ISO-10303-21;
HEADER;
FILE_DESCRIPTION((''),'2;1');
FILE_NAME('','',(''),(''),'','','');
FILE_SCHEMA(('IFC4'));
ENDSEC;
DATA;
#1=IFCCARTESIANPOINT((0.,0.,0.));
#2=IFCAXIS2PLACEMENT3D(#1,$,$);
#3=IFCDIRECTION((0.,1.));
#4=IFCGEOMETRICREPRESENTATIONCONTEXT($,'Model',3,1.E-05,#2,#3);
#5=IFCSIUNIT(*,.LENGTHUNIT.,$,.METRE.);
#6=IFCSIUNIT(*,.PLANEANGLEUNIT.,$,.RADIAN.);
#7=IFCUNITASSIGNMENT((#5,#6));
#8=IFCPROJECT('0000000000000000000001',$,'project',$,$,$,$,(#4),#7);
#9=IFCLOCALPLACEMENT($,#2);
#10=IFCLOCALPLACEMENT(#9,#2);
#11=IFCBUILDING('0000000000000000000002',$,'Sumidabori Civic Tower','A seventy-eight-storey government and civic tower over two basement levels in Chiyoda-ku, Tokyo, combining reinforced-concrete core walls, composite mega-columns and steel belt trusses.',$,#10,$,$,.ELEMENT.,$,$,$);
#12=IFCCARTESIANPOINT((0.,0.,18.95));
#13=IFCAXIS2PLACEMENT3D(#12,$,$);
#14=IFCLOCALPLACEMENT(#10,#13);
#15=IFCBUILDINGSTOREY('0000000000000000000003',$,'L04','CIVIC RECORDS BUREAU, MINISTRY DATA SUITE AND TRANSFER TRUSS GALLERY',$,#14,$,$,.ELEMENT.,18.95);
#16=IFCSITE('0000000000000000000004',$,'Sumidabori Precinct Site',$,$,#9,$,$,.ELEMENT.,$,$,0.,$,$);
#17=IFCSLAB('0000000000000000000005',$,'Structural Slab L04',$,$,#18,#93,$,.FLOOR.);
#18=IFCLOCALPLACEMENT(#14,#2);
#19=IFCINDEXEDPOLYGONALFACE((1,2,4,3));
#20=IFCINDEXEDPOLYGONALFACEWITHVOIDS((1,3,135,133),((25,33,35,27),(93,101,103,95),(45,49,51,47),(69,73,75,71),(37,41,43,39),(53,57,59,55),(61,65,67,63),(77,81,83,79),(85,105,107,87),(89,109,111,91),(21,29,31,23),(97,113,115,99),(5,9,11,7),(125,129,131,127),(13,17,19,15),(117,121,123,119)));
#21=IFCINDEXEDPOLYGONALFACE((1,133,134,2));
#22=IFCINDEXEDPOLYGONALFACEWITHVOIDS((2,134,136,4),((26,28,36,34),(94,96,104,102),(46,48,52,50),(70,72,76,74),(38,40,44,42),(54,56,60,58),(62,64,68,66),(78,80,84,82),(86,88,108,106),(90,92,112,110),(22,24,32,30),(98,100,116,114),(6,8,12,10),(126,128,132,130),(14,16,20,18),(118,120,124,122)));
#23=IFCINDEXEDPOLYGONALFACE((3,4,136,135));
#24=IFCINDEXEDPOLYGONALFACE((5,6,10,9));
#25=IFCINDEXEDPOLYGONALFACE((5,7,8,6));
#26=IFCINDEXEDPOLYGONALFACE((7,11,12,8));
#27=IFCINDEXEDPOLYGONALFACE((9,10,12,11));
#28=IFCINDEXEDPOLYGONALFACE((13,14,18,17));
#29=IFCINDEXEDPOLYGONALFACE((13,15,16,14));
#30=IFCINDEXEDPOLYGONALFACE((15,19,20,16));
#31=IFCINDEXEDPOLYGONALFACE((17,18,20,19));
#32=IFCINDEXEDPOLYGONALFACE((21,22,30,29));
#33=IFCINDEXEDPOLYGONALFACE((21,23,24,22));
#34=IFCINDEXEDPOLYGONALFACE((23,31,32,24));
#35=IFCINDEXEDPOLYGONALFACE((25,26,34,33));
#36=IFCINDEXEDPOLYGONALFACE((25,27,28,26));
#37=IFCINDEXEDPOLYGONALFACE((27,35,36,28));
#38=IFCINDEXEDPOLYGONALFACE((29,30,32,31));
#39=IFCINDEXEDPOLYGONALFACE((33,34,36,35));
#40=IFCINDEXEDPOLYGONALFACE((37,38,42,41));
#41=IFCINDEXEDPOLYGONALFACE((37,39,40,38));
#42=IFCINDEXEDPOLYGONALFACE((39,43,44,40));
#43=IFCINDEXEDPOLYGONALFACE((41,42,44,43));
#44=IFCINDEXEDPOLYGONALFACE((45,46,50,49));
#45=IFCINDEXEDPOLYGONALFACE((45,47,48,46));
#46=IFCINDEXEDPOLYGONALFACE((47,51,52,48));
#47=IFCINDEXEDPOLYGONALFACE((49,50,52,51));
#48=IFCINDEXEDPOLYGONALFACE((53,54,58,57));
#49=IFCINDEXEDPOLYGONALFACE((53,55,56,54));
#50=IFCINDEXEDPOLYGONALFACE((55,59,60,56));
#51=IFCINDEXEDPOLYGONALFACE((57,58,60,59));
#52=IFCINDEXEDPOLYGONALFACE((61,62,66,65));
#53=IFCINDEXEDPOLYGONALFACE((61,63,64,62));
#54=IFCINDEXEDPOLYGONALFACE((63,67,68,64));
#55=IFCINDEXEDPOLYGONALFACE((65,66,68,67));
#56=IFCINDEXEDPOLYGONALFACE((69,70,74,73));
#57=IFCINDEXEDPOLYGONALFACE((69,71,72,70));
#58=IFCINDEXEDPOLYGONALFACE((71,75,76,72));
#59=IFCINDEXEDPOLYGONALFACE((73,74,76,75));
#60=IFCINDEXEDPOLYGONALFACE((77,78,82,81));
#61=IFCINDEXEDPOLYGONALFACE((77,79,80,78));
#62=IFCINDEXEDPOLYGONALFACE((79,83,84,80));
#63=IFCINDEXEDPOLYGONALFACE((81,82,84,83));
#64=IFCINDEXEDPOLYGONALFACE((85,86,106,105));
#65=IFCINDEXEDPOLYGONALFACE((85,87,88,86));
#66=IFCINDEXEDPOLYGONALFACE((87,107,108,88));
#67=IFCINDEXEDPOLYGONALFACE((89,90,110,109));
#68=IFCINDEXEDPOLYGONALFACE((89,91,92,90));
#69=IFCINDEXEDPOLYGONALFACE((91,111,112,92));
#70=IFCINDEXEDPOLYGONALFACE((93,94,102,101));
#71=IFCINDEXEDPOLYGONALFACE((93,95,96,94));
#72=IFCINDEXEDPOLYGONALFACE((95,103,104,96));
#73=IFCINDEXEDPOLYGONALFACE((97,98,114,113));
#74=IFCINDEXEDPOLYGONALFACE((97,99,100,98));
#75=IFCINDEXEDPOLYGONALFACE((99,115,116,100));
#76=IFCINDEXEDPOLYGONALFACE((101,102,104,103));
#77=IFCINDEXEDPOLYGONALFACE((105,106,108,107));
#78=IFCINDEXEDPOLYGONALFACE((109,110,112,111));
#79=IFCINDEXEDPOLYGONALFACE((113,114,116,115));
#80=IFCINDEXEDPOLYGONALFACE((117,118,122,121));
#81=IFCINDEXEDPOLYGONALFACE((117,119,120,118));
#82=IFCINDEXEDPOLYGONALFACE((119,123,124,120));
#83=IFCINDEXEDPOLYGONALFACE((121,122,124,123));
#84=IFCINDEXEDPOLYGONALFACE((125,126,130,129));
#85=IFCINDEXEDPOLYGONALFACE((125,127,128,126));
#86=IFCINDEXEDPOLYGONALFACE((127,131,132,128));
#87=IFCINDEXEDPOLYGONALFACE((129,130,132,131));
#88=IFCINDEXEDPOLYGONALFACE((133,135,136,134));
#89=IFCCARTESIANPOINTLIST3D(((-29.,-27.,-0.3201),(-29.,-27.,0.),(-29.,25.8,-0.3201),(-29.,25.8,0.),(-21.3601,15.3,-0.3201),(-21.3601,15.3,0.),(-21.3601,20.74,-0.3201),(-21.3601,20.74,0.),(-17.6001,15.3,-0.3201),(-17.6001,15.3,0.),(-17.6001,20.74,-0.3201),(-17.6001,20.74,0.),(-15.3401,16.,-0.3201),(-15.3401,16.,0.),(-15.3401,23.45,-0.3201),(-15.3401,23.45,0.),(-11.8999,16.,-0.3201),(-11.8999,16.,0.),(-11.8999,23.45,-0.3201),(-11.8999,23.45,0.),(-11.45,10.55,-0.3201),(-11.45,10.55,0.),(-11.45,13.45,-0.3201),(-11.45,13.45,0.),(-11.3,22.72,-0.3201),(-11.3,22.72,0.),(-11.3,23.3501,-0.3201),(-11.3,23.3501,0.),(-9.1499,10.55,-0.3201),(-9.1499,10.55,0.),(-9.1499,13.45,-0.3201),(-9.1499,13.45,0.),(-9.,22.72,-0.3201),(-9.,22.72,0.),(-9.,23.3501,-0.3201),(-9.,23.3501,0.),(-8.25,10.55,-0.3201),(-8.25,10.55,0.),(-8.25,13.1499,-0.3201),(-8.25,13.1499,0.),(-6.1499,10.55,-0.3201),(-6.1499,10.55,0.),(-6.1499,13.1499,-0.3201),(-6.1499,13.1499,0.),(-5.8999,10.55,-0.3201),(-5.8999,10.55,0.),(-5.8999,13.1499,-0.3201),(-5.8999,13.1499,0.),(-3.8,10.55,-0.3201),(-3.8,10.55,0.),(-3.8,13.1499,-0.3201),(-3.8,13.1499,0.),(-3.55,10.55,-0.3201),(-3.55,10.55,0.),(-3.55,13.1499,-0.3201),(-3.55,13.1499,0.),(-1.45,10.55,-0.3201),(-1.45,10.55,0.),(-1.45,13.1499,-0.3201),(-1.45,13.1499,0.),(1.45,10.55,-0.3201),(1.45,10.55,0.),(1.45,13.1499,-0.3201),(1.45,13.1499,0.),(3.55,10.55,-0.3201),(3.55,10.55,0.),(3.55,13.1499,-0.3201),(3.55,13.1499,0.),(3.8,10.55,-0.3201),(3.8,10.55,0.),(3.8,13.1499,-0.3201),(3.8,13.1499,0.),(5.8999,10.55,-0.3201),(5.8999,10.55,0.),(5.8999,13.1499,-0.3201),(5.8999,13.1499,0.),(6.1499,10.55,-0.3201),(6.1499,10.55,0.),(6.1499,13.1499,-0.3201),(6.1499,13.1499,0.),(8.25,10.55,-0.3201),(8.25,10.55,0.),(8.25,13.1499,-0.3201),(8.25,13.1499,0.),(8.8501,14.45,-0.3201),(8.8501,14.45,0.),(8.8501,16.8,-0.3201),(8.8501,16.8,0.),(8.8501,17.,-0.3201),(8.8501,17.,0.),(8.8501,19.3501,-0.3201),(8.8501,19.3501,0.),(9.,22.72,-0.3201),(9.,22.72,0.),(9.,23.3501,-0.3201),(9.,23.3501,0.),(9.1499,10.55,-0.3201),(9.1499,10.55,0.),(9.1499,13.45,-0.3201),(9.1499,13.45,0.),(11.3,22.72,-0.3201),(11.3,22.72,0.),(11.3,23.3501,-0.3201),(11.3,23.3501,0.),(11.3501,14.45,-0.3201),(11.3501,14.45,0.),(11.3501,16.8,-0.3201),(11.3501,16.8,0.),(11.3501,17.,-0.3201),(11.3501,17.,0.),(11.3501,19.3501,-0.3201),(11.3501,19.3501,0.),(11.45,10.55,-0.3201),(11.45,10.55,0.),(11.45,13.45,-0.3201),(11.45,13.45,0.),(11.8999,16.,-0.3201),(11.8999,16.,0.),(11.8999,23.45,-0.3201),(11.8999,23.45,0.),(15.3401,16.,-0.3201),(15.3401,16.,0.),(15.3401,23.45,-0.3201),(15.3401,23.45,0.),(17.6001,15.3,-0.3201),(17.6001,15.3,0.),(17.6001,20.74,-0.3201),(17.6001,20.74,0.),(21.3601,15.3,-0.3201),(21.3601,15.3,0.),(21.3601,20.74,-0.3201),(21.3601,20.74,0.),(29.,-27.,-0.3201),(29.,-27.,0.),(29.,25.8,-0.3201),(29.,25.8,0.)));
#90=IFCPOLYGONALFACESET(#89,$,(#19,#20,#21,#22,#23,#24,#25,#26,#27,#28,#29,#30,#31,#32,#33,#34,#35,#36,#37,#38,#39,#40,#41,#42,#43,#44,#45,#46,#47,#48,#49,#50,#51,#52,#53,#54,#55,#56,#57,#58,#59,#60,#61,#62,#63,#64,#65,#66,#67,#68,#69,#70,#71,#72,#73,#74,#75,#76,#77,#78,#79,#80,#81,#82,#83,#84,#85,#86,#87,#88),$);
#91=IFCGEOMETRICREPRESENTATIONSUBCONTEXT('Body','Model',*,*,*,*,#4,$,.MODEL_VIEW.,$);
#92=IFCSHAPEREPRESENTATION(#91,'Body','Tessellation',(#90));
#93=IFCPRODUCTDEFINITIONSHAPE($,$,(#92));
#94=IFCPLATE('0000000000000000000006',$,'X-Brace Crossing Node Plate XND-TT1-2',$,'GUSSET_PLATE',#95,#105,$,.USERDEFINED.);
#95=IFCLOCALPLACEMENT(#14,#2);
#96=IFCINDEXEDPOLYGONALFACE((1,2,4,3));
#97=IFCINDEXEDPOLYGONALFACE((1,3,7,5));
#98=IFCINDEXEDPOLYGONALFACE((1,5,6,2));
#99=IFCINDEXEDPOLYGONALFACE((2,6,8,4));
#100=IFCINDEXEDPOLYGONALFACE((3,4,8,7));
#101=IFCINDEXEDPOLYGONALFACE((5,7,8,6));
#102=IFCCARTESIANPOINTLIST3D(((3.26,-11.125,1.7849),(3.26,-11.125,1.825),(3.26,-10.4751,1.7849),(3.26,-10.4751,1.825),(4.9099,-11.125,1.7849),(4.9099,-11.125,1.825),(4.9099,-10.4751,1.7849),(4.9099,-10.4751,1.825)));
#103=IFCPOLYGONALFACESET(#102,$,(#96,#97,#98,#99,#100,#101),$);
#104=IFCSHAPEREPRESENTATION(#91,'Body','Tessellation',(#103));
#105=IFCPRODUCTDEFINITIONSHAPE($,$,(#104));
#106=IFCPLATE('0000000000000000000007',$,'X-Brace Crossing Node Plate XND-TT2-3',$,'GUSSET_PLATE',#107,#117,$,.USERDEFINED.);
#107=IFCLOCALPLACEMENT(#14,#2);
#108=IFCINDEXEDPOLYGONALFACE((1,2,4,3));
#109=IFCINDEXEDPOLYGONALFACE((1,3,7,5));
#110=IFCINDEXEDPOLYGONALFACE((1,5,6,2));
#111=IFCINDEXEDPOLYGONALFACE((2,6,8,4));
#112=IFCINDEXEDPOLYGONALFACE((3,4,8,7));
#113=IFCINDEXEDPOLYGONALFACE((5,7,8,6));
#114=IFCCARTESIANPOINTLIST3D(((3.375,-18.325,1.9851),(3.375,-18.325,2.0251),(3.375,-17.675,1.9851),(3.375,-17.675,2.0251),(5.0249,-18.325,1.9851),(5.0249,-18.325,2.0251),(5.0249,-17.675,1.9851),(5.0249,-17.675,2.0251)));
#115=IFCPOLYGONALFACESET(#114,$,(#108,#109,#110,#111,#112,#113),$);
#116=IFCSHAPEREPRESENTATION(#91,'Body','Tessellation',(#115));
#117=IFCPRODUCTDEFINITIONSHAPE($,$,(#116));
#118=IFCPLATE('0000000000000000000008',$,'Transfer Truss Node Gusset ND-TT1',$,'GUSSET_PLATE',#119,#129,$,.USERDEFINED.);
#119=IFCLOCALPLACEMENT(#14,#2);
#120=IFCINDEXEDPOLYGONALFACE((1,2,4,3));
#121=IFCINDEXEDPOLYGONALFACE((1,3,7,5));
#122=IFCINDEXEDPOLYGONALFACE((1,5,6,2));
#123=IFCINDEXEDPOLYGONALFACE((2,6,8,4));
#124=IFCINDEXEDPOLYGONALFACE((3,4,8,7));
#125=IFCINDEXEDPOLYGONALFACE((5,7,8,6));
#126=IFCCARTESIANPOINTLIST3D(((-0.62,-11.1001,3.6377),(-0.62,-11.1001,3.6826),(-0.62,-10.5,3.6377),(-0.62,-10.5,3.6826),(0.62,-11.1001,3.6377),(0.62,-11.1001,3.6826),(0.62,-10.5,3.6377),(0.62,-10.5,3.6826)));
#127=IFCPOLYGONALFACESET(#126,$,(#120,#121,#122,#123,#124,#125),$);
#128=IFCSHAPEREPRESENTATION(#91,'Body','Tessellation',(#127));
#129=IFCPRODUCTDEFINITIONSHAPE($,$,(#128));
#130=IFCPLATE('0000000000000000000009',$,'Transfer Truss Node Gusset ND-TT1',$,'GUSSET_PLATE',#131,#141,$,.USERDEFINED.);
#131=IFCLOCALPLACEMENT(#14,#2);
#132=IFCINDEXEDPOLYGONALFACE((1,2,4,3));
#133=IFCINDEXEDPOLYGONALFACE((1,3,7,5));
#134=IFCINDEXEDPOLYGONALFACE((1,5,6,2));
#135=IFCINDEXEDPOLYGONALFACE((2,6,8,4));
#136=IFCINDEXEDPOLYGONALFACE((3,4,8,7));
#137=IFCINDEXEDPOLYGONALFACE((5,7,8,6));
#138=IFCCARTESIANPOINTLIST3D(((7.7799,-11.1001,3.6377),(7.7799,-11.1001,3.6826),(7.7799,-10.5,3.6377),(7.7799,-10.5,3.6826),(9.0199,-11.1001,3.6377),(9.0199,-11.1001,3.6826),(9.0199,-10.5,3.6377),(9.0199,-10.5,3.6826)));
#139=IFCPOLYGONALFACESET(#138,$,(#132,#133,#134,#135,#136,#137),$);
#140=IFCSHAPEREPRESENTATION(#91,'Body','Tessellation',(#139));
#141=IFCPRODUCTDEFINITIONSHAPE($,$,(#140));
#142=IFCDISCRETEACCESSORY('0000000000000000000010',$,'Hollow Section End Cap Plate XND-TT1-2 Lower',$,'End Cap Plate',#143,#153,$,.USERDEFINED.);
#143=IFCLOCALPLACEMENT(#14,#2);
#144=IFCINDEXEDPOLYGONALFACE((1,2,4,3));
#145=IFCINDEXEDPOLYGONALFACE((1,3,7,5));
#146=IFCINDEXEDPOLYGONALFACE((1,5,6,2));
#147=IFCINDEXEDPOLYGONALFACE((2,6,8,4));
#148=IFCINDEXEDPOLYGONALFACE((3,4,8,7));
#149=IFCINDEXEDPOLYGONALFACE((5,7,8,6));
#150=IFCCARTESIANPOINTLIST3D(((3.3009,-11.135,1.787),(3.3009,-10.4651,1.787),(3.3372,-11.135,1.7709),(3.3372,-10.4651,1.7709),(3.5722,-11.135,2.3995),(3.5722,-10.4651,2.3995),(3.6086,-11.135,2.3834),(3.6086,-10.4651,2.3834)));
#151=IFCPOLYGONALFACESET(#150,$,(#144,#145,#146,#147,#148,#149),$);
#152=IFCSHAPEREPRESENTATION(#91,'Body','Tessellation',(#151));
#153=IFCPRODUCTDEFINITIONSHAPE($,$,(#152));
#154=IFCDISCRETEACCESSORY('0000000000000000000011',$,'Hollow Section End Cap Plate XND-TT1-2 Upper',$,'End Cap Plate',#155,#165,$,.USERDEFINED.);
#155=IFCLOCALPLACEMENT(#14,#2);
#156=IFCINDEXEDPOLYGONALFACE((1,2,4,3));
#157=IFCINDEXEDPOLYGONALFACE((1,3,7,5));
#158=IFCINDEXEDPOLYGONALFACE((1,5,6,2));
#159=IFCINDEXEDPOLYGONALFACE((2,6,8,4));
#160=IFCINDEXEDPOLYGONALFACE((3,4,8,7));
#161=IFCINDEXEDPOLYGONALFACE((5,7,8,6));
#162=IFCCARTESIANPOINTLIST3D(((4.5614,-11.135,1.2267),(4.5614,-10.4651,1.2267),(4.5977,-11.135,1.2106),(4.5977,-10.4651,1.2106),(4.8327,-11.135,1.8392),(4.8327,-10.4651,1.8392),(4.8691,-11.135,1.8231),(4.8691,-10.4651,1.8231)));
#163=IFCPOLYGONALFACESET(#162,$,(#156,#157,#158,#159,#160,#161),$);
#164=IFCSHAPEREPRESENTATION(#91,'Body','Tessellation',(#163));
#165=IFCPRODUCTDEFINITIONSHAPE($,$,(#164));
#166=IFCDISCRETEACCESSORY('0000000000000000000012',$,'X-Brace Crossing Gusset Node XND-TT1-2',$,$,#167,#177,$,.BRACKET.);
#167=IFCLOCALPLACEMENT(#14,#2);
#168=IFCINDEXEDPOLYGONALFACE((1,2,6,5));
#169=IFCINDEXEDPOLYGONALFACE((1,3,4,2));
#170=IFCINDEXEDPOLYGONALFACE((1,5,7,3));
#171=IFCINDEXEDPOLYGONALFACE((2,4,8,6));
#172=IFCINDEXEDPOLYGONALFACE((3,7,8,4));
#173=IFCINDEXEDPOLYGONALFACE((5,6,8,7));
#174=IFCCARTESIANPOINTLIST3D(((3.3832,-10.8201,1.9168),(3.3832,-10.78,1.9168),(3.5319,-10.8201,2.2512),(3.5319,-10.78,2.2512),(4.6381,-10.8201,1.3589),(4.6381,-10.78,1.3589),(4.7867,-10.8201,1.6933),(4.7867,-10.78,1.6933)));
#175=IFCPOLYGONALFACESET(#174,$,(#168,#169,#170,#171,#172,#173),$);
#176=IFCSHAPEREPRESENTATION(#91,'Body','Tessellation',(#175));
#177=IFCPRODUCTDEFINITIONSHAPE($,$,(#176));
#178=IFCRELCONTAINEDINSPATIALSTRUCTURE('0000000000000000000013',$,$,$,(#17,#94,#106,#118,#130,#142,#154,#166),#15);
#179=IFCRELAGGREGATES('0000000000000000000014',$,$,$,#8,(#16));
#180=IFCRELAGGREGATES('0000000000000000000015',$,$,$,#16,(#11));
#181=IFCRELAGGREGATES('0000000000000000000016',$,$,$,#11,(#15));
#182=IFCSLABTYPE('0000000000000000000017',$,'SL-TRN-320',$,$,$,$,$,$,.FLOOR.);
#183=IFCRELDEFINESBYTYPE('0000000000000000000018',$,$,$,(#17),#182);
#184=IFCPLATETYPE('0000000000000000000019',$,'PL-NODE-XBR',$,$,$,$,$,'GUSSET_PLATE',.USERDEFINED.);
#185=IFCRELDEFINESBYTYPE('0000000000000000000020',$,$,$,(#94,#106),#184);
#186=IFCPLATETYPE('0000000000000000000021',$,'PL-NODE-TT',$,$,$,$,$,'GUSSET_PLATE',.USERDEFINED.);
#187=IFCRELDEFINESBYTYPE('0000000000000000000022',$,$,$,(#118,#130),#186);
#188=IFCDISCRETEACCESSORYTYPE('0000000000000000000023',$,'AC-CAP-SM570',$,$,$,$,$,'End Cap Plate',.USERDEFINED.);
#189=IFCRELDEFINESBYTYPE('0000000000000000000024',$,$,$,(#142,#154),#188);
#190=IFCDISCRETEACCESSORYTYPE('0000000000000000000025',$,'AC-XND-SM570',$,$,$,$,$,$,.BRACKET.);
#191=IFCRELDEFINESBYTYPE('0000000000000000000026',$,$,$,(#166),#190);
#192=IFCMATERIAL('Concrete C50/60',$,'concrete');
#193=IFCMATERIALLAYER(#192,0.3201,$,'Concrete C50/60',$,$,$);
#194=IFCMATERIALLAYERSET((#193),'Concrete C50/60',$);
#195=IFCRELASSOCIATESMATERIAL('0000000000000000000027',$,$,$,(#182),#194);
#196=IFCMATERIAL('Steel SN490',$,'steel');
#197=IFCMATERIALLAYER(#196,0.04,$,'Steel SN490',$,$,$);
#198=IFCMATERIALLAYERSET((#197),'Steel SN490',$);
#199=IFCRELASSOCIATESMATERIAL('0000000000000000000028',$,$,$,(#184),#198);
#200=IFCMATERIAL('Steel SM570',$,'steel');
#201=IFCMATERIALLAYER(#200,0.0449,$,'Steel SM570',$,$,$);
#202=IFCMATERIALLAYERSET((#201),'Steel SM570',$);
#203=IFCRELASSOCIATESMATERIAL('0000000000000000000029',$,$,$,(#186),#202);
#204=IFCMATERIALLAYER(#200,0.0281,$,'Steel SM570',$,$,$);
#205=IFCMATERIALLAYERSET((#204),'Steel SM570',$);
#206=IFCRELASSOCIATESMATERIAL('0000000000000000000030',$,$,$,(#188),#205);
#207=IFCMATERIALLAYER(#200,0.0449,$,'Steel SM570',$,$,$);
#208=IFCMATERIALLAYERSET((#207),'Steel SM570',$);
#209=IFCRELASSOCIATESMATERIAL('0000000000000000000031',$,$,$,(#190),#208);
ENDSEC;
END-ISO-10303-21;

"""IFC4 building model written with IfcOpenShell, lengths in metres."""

from ifc_helpers import new_model, si_unit, direction, frame, origin, origin_2d, place, context, subcontext, project, spatial, polyline, rectangle, outline, extrude, source, transform, mapped, material, layer, layer_set, type_object, element, save


model = new_model("IFC4")

# Units and contexts
model_context = context("Model", 3, precision=1e-05, world=origin(), true_north=direction((0.0, 1.0)))
body_context = subcontext(model_context, "Body", "Model", "MODEL_VIEW")
ifc_project = project(units=[si_unit("LENGTHUNIT", "METRE"), si_unit("PLANEANGLEUNIT", "RADIAN")], contexts=[model_context])

# Site, building, storey
site_placement = place(None, origin())
site = spatial("IfcSite", under=ifc_project, at=site_placement, Name="Sumidabori Precinct Site", CompositionType="ELEMENT", RefElevation=0.0)
building_placement = place(site_placement, origin())
building = spatial("IfcBuilding", under=site, at=building_placement, Name="Sumidabori Civic Tower", Description="A seventy-eight-storey government and civic tower over two basement levels in Chiyoda-ku, Tokyo, combining reinforced-concrete core walls, composite mega-columns and steel belt trusses.", CompositionType="ELEMENT")
storey_placement = place(building_placement, frame((0.0, 0.0, 18.95)))
storey = spatial("IfcBuildingStorey", under=building, at=storey_placement, Name="L04", Description="CIVIC RECORDS BUREAU, MINISTRY DATA SUITE AND TRANSFER TRUSS GALLERY", CompositionType="ELEMENT", Elevation=18.95)

# Shared definitions
ifc_material_1 = material(Name="Steel SM570", Category="steel")
ifc_material_2 = material(Name="Concrete C50/60", Category="concrete")
ifc_material_3 = material(Name="Steel SN490", Category="steel")

# Slab
ifc_layer_1 = layer(ifc_material_2, 0.3201, Name="Concrete C50/60")
ifc_layer_set_1 = layer_set([ifc_layer_1], Name="Concrete C50/60")
slab_type_1 = type_object("IfcSlabType", Name="SL-TRN-320", PredefinedType="FLOOR", material=ifc_layer_set_1)
slab_1_placement = place(storey_placement, frame((0.0, 0.0, -0.3201)))
element("IfcSlab", 1, at=slab_1_placement, inside=storey, type_object=slab_type_1, Name="Structural Slab L04", PredefinedType="FLOOR", context=body_context, shape_type="SweptSolid", body=[
    extrude(outline(polyline([(-29.0, -27.0), (29.0, -27.0), (29.0, 25.8), (-29.0, 25.8), (-29.0, -27.0)]), holes=[polyline([(-11.8999, 16.0), (-11.8999, 23.45), (-15.3401, 23.45), (-15.3401, 16.0), (-11.8999, 16.0)]), polyline([(15.3401, 16.0), (15.3401, 23.45), (11.8999, 23.45), (11.8999, 16.0), (15.3401, 16.0)]), polyline([(-17.6001, 15.3), (-17.6001, 20.74), (-21.3601, 20.74), (-21.3601, 15.3), (-17.6001, 15.3)]), polyline([(21.3601, 15.3), (21.3601, 20.74), (17.6001, 20.74), (17.6001, 15.3), (21.3601, 15.3)]), polyline([(-11.45, 10.55), (-9.1499, 10.55), (-9.1499, 13.45), (-11.45, 13.45), (-11.45, 10.55)]), polyline([(9.1499, 10.55), (11.45, 10.55), (11.45, 13.45), (9.1499, 13.45), (9.1499, 10.55)]), polyline([(-8.25, 10.55), (-6.1499, 10.55), (-6.1499, 13.1499), (-8.25, 13.1499), (-8.25, 10.55)]), polyline([(-5.8999, 10.55), (-3.8, 10.55), (-3.8, 13.1499), (-5.8999, 13.1499), (-5.8999, 10.55)]), polyline([(-3.55, 10.55), (-1.45, 10.55), (-1.45, 13.1499), (-3.55, 13.1499), (-3.55, 10.55)]), polyline([(1.45, 10.55), (3.55, 10.55), (3.55, 13.1499), (1.45, 13.1499), (1.45, 10.55)]), polyline([(3.8, 10.55), (5.8999, 10.55), (5.8999, 13.1499), (3.8, 13.1499), (3.8, 10.55)]), polyline([(6.1499, 10.55), (8.25, 10.55), (8.25, 13.1499), (6.1499, 13.1499), (6.1499, 10.55)]), polyline([(8.8501, 14.45), (11.3501, 14.45), (11.3501, 16.8), (8.8501, 16.8), (8.8501, 14.45)]), polyline([(8.8501, 17.0), (11.3501, 17.0), (11.3501, 19.3501), (8.8501, 19.3501), (8.8501, 17.0)]), polyline([(-11.3, 22.72), (-9.0, 22.72), (-9.0, 23.3501), (-11.3, 23.3501), (-11.3, 22.72)]), polyline([(9.0, 22.72), (11.3, 22.72), (11.3, 23.3501), (9.0, 23.3501), (9.0, 22.72)])]), origin(), (0.0, 0.0, 1.0), 0.3201),
])

# Plates
ifc_layer_2 = layer(ifc_material_3, 0.04, Name="Steel SN490")
ifc_layer_set_2 = layer_set([ifc_layer_2], Name="Steel SN490")
plate_type_1 = type_object("IfcPlateType", Name="PL-NODE-XBR", ElementType="GUSSET_PLATE", PredefinedType="USERDEFINED", material=ifc_layer_set_2)
shared_shape_1 = source(origin(), body_context, "Body", "SweptSolid", [
    extrude(rectangle(XDim=1.6499, YDim=0.6499, at=origin_2d()), origin(), (0.0, 0.0, 1.0), 0.04),
])
for number, where, z_axis, x_axis, name in (
    (2, (4.085, -10.8, 1.7849), (0.0, 0.0, 1.0), (1.0, 0.0, 0.0), "X-Brace Crossing Node Plate XND-TT1-2"),
    (3, (4.2, -18.0, 1.9851), (0.0, 0.0, 1.0), (1.0, 0.0, 0.0), "X-Brace Crossing Node Plate XND-TT2-3"),
):
    element("IfcPlate", number, at=place(storey_placement, frame(where, z_axis=z_axis, x_axis=x_axis)), inside=storey, type_object=plate_type_1, Name=name, ObjectType="GUSSET_PLATE", PredefinedType="USERDEFINED", context=body_context, shape_type="MappedRepresentation", body=[
        mapped(shared_shape_1, transform((0.0, 0.0, 0.0), x_axis=(1.0, 0.0, 0.0), y_axis=(0.0, 1.0, 0.0), z_axis=(0.0, 0.0, 1.0), scale=1.0)),
    ])
ifc_layer_3 = layer(ifc_material_1, 0.0449, Name="Steel SM570")
ifc_layer_set_3 = layer_set([ifc_layer_3], Name="Steel SM570")
plate_type_2 = type_object("IfcPlateType", Name="PL-NODE-TT", ElementType="GUSSET_PLATE", PredefinedType="USERDEFINED", material=ifc_layer_set_3)
shared_shape_2 = source(origin(), body_context, "Body", "SweptSolid", [
    extrude(rectangle(XDim=1.24, YDim=0.6001, at=origin_2d()), origin(), (0.0, 0.0, 1.0), 0.0449),
])
for number, where, z_axis, x_axis, name in (
    (4, (0.0, -10.8, 3.6377), (0.0, 0.0, 1.0), (1.0, 0.0, 0.0), "Transfer Truss Node Gusset ND-TT1"),
    (5, (8.3999, -10.8, 3.6377), (0.0, 0.0, 1.0), (1.0, 0.0, 0.0), "Transfer Truss Node Gusset ND-TT1"),
):
    element("IfcPlate", number, at=place(storey_placement, frame(where, z_axis=z_axis, x_axis=x_axis)), inside=storey, type_object=plate_type_2, Name=name, ObjectType="GUSSET_PLATE", PredefinedType="USERDEFINED", context=body_context, shape_type="MappedRepresentation", body=[
        mapped(shared_shape_2, transform((0.0, 0.0, 0.0), x_axis=(1.0, 0.0, 0.0), y_axis=(0.0, 1.0, 0.0), z_axis=(0.0, 0.0, 1.0), scale=1.0)),
    ])

# Discrete accessories
ifc_layer_4 = layer(ifc_material_1, 0.0281, Name="Steel SM570")
ifc_layer_set_4 = layer_set([ifc_layer_4], Name="Steel SM570")
discrete_accessory_type_1 = type_object("IfcDiscreteAccessoryType", Name="AC-CAP-SM570", ElementType="End Cap Plate", PredefinedType="USERDEFINED", material=ifc_layer_set_4)
shared_shape_3 = source(origin(), body_context, "Body", "SweptSolid", [
    extrude(rectangle(XDim=0.6699, YDim=0.6699, at=origin_2d()), origin(), (0.0, 0.0, 1.0), 0.0398),
])
for number, where, z_axis, x_axis, name in (
    (6, (3.4365, -10.8, 2.0933), (0.914317, 0.0, -0.404999), (0.0, 1.0, 0.0), "Hollow Section End Cap Plate XND-TT1-2 Lower"),
    (7, (4.7334, -10.8, 1.5168), (-0.914317, 0.0, 0.404999), (0.0, -1.0, 0.0), "Hollow Section End Cap Plate XND-TT1-2 Upper"),
):
    element("IfcDiscreteAccessory", number, at=place(storey_placement, frame(where, z_axis=z_axis, x_axis=x_axis)), inside=storey, type_object=discrete_accessory_type_1, Name=name, ObjectType="End Cap Plate", PredefinedType="USERDEFINED", context=body_context, shape_type="MappedRepresentation", body=[
        mapped(shared_shape_3, transform((0.0, 0.0, 0.0), x_axis=(1.0, 0.0, 0.0), y_axis=(0.0, 1.0, 0.0), z_axis=(0.0, 0.0, 1.0), scale=1.0)),
    ])
ifc_layer_5 = layer(ifc_material_1, 0.0449, Name="Steel SM570")
ifc_layer_set_5 = layer_set([ifc_layer_5], Name="Steel SM570")
discrete_accessory_type_2 = type_object("IfcDiscreteAccessoryType", Name="AC-XND-SM570", PredefinedType="BRACKET", material=ifc_layer_set_5)
shared_shape_4 = source(origin(), body_context, "Body", "SweptSolid", [
    extrude(rectangle(XDim=0.04, YDim=0.366, at=origin_2d()), origin(), (0.0, 0.0, 1.0), 1.3733),
])
discrete_accessory_1_placement = place(storey_placement, frame((3.4575, -10.8, 2.084), z_axis=(0.913775, 0.0, -0.406221), x_axis=(0.0, 1.0, 0.0)))
element("IfcDiscreteAccessory", 8, at=discrete_accessory_1_placement, inside=storey, type_object=discrete_accessory_type_2, Name="X-Brace Crossing Gusset Node XND-TT1-2", PredefinedType="BRACKET", context=body_context, shape_type="MappedRepresentation", body=[
    mapped(shared_shape_4, transform((0.0, 0.0, 0.0), x_axis=(1.0, 0.0, 0.0), y_axis=(0.0, 1.0, 0.0), z_axis=(0.0, 0.0, 1.0), scale=1.0)),
])

save(model, "model.ifc")
